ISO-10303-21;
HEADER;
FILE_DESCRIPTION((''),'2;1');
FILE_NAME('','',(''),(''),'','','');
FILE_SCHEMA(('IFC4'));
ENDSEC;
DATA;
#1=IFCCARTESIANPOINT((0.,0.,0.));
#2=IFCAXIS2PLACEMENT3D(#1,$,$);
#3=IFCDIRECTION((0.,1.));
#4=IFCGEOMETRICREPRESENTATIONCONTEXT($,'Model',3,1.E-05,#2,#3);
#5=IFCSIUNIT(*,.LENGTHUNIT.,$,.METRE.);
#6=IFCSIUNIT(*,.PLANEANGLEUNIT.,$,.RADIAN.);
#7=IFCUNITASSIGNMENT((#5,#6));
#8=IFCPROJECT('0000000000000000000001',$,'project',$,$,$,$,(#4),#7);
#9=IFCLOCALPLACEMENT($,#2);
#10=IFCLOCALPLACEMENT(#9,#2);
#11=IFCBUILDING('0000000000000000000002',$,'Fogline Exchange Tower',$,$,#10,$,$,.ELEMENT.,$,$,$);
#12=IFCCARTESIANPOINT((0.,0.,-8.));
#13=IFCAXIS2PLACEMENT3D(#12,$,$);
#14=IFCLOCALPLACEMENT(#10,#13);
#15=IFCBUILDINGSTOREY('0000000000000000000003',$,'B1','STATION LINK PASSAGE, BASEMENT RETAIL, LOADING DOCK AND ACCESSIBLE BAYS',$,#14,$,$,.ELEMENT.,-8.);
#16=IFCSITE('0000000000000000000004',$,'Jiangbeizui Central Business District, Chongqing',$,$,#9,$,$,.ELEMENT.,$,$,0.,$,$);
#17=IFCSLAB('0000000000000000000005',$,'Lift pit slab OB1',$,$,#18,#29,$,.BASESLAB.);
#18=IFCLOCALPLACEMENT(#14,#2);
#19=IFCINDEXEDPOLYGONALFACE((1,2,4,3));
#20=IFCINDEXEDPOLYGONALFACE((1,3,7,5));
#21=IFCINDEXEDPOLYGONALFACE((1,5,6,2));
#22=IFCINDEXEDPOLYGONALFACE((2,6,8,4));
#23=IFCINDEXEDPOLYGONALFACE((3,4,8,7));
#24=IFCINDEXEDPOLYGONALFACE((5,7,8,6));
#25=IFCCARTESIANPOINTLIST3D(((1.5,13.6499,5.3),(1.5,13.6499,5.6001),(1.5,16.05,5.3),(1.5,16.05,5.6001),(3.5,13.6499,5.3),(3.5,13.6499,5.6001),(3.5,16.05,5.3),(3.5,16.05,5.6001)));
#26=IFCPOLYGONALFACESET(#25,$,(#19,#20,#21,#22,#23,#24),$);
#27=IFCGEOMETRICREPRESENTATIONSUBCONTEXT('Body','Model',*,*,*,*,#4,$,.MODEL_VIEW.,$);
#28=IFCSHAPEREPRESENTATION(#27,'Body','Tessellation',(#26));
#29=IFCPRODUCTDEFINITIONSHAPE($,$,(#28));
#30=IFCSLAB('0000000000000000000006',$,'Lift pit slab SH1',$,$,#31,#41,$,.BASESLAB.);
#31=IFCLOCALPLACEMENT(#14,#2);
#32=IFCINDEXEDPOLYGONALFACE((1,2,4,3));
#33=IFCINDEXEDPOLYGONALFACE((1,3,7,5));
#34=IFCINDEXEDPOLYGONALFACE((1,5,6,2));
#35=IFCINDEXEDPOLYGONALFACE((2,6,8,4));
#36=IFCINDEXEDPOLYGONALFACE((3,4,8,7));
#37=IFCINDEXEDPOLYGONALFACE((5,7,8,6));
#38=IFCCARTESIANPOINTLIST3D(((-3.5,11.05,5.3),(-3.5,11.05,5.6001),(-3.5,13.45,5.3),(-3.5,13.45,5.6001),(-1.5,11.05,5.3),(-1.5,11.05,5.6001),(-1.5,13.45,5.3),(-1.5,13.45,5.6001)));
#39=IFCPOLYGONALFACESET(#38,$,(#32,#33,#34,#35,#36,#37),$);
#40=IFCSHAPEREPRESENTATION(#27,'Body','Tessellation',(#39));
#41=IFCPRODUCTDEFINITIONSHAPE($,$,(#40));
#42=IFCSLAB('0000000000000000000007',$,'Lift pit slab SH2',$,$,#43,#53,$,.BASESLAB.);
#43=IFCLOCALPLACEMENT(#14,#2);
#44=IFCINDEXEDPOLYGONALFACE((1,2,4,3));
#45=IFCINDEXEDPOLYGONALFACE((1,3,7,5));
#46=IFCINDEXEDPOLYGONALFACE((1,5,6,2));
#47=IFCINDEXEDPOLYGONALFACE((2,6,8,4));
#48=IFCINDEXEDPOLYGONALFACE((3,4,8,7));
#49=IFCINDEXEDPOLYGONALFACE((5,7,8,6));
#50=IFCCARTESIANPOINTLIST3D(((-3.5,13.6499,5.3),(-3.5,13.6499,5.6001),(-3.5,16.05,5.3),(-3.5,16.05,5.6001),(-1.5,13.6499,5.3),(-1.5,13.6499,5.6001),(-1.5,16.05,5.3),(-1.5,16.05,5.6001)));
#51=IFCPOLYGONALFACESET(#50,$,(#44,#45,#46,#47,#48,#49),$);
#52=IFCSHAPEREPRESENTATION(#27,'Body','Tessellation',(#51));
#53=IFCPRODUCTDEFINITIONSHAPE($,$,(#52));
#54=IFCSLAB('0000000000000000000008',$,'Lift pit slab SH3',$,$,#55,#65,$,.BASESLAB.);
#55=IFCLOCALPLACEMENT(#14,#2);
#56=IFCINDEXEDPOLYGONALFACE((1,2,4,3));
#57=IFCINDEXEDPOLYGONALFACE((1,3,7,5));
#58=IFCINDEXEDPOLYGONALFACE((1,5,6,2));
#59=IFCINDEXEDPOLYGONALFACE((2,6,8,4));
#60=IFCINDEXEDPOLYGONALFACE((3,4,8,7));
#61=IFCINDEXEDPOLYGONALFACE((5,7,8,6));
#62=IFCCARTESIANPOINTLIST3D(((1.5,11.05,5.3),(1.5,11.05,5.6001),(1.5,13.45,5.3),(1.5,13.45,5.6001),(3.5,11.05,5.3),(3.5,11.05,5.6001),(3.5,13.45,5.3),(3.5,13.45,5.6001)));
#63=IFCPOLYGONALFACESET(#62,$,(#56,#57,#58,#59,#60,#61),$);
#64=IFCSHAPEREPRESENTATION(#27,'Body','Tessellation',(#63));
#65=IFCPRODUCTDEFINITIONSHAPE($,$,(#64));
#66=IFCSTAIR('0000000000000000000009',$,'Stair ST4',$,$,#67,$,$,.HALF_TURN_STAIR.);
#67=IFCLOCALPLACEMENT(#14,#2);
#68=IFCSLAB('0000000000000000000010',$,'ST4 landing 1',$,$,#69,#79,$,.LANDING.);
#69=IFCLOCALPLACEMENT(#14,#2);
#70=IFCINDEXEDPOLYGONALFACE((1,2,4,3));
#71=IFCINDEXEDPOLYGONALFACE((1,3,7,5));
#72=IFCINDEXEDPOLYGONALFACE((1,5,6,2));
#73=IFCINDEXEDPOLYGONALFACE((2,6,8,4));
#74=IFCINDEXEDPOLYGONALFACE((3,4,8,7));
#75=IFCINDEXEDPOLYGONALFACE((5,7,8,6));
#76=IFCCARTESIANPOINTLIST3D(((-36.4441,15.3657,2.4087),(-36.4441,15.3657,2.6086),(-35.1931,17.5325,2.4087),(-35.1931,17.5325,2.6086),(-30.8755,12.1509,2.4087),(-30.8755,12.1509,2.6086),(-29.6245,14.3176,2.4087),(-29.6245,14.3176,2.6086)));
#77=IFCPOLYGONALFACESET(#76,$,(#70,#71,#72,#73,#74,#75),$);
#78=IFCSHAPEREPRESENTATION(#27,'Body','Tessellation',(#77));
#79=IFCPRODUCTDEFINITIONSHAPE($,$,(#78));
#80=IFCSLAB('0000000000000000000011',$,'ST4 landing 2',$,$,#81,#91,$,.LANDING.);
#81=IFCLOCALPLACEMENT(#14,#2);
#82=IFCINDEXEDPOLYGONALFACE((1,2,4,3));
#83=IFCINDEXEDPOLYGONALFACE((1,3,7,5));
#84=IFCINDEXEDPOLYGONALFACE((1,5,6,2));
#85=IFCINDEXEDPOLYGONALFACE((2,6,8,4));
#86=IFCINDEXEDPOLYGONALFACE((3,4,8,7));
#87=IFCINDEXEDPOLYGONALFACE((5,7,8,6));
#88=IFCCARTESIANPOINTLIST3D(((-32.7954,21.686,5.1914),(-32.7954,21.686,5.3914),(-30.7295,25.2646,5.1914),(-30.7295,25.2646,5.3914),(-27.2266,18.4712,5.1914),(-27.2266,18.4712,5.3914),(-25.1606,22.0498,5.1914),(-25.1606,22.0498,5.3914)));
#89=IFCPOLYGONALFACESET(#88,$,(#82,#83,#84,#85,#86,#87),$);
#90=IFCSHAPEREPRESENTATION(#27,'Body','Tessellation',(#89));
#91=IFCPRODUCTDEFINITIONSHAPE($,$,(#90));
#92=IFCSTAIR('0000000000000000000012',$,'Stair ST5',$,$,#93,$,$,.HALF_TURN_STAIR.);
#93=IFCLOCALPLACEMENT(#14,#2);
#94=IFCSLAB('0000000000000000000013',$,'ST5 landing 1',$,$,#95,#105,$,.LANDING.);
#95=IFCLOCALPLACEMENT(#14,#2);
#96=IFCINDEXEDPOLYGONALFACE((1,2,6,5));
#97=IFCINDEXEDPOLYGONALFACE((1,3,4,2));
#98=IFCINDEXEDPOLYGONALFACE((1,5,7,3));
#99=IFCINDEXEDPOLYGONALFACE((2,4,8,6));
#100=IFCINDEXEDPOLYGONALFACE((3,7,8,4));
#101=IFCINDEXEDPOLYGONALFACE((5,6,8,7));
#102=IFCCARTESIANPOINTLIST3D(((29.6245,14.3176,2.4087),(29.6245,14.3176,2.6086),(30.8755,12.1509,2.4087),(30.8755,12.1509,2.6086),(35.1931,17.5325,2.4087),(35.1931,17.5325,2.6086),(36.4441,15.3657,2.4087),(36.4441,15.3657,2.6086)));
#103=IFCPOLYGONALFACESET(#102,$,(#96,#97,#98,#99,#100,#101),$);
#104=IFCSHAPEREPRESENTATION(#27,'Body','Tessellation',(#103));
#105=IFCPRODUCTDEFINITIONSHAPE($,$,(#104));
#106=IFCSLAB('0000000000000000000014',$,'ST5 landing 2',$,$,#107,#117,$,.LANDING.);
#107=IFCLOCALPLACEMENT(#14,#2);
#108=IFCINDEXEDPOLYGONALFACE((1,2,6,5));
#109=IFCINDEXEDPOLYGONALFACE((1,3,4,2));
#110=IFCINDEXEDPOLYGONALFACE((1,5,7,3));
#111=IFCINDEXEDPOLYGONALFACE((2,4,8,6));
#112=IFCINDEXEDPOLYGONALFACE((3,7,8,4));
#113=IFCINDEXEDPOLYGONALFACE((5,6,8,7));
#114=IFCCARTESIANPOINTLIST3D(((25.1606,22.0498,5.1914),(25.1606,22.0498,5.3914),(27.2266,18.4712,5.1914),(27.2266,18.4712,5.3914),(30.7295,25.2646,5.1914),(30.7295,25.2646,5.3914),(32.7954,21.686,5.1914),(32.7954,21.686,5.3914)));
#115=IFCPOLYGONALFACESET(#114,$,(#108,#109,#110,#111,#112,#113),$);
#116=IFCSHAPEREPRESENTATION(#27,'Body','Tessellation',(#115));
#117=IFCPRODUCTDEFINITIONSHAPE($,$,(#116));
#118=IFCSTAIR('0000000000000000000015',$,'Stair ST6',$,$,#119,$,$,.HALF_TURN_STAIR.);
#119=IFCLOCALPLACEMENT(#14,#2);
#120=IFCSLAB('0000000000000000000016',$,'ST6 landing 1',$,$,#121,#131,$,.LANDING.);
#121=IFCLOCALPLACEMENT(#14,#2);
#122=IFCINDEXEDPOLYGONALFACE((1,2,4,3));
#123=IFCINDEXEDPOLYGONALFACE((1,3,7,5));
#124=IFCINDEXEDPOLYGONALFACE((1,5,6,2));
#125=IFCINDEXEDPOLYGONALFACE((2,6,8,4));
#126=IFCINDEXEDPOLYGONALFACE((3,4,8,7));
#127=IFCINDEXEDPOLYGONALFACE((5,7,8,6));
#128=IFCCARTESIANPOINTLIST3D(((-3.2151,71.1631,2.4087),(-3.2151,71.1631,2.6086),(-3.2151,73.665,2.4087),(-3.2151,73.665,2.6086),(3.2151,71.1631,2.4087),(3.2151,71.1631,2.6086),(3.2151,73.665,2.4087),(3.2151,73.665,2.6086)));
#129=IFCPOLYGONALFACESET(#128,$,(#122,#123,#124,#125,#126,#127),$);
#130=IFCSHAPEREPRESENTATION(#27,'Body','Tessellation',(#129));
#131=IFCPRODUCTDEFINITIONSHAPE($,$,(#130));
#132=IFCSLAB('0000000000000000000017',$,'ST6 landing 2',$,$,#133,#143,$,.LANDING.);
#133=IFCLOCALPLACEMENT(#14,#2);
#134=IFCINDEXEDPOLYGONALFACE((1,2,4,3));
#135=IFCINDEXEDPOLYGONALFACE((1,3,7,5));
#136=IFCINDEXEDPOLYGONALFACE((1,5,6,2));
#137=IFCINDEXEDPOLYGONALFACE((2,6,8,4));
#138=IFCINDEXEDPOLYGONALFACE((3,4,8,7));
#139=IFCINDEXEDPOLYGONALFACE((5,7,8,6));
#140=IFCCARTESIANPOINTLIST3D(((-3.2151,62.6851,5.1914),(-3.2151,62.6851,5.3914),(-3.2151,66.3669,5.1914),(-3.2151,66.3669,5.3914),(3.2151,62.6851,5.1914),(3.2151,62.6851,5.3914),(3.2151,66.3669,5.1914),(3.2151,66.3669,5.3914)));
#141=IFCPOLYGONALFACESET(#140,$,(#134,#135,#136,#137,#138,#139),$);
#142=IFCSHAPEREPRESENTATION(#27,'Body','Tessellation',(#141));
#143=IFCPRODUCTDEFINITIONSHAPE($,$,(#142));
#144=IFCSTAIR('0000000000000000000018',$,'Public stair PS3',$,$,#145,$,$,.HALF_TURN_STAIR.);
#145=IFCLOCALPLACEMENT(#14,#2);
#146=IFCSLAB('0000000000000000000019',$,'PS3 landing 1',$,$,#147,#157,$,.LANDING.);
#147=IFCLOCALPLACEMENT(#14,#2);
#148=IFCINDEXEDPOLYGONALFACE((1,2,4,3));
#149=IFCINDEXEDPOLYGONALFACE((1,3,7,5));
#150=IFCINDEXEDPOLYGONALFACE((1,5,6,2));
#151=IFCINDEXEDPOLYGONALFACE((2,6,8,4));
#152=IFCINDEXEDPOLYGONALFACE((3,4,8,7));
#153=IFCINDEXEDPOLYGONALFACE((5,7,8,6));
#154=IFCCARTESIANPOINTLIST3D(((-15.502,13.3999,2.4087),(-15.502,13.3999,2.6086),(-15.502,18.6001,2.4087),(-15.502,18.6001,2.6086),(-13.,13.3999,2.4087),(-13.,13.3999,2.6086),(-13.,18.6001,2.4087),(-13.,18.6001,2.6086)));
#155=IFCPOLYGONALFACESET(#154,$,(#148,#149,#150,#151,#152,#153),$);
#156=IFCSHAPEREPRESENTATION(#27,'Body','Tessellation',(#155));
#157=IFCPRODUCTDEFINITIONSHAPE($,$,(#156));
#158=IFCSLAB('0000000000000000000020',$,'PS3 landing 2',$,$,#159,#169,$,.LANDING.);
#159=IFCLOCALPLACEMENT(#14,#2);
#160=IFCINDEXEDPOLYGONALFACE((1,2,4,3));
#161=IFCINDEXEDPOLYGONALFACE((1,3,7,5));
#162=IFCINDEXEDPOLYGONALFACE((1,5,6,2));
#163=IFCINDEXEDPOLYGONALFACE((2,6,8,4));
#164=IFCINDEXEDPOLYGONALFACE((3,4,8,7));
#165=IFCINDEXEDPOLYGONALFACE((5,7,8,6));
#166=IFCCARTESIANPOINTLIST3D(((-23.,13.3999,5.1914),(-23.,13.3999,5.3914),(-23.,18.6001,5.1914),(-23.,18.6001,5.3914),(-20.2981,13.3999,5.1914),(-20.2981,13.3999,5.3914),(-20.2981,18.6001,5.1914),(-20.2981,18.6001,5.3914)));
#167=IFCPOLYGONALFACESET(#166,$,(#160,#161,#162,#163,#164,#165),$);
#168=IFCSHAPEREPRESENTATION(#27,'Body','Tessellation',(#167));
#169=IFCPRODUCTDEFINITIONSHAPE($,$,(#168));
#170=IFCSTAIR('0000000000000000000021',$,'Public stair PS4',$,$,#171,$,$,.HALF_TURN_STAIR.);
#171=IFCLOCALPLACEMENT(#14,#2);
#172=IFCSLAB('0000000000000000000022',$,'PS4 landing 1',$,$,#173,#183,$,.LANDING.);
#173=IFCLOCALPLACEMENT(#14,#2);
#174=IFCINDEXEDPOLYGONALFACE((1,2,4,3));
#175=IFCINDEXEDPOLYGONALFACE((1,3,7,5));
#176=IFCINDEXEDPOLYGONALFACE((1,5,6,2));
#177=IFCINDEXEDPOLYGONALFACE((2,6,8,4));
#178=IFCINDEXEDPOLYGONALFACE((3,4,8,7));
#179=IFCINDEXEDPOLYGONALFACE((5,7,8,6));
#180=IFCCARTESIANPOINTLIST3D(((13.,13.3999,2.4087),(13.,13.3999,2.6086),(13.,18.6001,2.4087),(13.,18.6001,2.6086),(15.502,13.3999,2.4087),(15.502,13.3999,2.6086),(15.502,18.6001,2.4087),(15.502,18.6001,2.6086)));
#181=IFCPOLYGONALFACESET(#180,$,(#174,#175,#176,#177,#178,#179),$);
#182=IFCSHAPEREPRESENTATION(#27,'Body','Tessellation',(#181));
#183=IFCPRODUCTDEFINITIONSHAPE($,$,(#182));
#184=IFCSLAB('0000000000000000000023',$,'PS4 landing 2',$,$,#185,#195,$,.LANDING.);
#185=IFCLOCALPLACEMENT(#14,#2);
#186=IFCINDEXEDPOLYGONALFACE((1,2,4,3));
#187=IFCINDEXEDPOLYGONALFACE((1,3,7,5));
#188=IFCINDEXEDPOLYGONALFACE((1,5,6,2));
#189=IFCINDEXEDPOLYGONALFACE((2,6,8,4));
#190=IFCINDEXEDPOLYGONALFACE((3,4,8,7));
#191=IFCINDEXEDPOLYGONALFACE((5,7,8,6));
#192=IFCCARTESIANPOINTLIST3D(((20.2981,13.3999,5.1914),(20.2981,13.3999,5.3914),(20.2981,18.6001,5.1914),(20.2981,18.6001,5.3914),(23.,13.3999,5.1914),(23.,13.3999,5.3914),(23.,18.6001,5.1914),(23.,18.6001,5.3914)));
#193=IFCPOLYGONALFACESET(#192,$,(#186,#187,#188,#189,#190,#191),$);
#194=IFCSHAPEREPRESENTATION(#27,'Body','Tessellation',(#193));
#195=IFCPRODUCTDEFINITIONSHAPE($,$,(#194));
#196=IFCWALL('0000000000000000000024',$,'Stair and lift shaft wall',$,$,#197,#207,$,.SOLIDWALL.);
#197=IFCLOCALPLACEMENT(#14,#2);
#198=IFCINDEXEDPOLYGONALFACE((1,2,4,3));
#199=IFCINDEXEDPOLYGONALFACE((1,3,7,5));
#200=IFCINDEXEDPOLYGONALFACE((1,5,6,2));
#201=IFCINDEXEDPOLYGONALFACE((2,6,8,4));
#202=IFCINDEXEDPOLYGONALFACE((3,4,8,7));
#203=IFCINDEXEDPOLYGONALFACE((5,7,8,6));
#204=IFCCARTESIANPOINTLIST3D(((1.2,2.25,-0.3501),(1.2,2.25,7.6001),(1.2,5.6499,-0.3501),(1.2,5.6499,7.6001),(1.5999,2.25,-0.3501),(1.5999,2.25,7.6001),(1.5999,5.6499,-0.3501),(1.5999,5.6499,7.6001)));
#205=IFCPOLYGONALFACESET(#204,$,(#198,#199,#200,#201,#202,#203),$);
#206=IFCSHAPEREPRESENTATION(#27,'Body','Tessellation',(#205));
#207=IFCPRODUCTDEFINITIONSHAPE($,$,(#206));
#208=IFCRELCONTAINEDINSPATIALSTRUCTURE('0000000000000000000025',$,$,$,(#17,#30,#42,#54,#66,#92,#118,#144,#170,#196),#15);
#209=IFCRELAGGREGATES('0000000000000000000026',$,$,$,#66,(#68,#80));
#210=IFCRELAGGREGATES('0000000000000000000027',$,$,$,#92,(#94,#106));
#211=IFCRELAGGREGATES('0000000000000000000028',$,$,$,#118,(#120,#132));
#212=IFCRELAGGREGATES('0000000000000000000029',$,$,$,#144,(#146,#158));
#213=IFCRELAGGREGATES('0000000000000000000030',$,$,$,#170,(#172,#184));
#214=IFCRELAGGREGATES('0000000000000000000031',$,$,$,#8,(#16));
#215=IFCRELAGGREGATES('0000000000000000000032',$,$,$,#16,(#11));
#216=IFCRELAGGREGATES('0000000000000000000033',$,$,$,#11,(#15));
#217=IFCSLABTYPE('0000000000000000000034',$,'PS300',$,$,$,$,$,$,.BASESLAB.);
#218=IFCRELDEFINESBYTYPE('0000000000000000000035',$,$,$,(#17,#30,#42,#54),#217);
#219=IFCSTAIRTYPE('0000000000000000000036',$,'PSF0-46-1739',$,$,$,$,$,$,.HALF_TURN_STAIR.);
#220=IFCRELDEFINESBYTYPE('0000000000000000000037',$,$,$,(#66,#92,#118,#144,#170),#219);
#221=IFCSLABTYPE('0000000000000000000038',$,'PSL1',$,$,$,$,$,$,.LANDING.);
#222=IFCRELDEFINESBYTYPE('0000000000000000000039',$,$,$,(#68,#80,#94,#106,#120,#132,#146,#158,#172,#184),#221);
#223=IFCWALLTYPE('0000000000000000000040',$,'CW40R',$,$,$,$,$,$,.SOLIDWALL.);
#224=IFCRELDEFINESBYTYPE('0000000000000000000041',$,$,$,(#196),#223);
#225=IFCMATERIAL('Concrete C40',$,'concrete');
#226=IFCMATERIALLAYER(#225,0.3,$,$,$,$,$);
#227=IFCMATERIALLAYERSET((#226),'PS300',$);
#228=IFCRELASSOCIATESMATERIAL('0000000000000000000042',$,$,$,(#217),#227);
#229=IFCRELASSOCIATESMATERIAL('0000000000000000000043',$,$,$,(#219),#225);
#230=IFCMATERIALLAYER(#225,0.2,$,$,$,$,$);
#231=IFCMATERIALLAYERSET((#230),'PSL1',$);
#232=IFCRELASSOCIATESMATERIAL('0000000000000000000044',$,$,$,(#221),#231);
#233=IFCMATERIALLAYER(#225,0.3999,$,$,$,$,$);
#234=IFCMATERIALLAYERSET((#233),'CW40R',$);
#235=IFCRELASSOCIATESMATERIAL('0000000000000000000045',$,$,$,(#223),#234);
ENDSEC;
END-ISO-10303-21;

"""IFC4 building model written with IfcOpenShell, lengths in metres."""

from ifc_helpers import new_model, si_unit, direction, frame, frame_2d, origin, place, context, subcontext, project, spatial, polyline, rectangle, outline, extrude, material, layer, layer_set, type_object, element, aggregate, save


model = new_model("IFC4")

# Units and contexts
model_context = context("Model", 3, precision=1e-05, world=origin(), true_north=direction((0.0, 1.0)))
body_context = subcontext(model_context, "Body", "Model", "MODEL_VIEW")
ifc_project = project(units=[si_unit("LENGTHUNIT", "METRE"), si_unit("PLANEANGLEUNIT", "RADIAN")], contexts=[model_context])

# Site, building, storey
site_placement = place(None, origin())
site = spatial("IfcSite", under=ifc_project, at=site_placement, Name="Jiangbeizui Central Business District, Chongqing", CompositionType="ELEMENT", RefElevation=0.0)
building_placement = place(site_placement, origin())
building = spatial("IfcBuilding", under=site, at=building_placement, Name="Fogline Exchange Tower", CompositionType="ELEMENT")
storey_placement = place(building_placement, frame((0.0, 0.0, -8.0)))
storey = spatial("IfcBuildingStorey", under=building, at=storey_placement, Name="B1", Description="STATION LINK PASSAGE, BASEMENT RETAIL, LOADING DOCK AND ACCESSIBLE BAYS", CompositionType="ELEMENT", Elevation=-8.0)

# Slabs
ifc_material = material(Name="Concrete C40", Category="concrete")
ifc_layer_1 = layer(ifc_material, 0.3)
ifc_layer_set_1 = layer_set([ifc_layer_1], Name="PS300")
slab_type_1 = type_object("IfcSlabType", Name="PS300", PredefinedType="BASESLAB", material=ifc_layer_set_1)
slab_1_placement = place(storey_placement, frame((0.0, 0.0, 5.3)))
element("IfcSlab", 1, at=slab_1_placement, inside=storey, type_object=slab_type_1, Name="Lift pit slab OB1", PredefinedType="BASESLAB", context=body_context, shape_type="SweptSolid", body=[
    extrude(outline(polyline([(1.5, 13.6499), (3.5, 13.6499), (3.5, 16.05), (1.5, 16.05), (1.5, 13.6499)])), origin(), (0.0, 0.0, 1.0), 0.3),
])
slab_2_placement = place(storey_placement, frame((0.0, 0.0, 5.3)))
element("IfcSlab", 2, at=slab_2_placement, inside=storey, type_object=slab_type_1, Name="Lift pit slab SH1", PredefinedType="BASESLAB", context=body_context, shape_type="SweptSolid", body=[
    extrude(outline(polyline([(-3.5, 11.05), (-1.5, 11.05), (-1.5, 13.45), (-3.5, 13.45), (-3.5, 11.05)])), origin(), (0.0, 0.0, 1.0), 0.3),
])
slab_3_placement = place(storey_placement, frame((0.0, 0.0, 5.3)))
element("IfcSlab", 3, at=slab_3_placement, inside=storey, type_object=slab_type_1, Name="Lift pit slab SH2", PredefinedType="BASESLAB", context=body_context, shape_type="SweptSolid", body=[
    extrude(outline(polyline([(-3.5, 13.6499), (-1.5, 13.6499), (-1.5, 16.05), (-3.5, 16.05), (-3.5, 13.6499)])), origin(), (0.0, 0.0, 1.0), 0.3),
])
slab_4_placement = place(storey_placement, frame((0.0, 0.0, 5.3)))
element("IfcSlab", 4, at=slab_4_placement, inside=storey, type_object=slab_type_1, Name="Lift pit slab SH3", PredefinedType="BASESLAB", context=body_context, shape_type="SweptSolid", body=[
    extrude(outline(polyline([(1.5, 11.05), (3.5, 11.05), (3.5, 13.45), (1.5, 13.45), (1.5, 11.05)])), origin(), (0.0, 0.0, 1.0), 0.3),
])

# Stairs, slabs
stair_type_1 = type_object("IfcStairType", Name="PSF0-46-1739", PredefinedType="HALF_TURN_STAIR", material=ifc_material)
stair_1_placement = place(storey_placement, origin())
stair_1 = element("IfcStair", 5, at=stair_1_placement, inside=storey, type_object=stair_type_1, Name="Stair ST4", PredefinedType="HALF_TURN_STAIR")
ifc_layer_2 = layer(ifc_material, 0.2)
ifc_layer_set_2 = layer_set([ifc_layer_2], Name="PSL1")
slab_type_2 = type_object("IfcSlabType", Name="PSL1", PredefinedType="LANDING", material=ifc_layer_set_2)
slab_5_placement = place(storey_placement, frame((0.0, 0.0, 2.4087)))
slab_5 = element("IfcSlab", 6, at=slab_5_placement, type_object=slab_type_2, Name="ST4 landing 1", PredefinedType="LANDING", context=body_context, shape_type="SweptSolid", body=[
    extrude(outline(polyline([(-36.4441, 15.3657), (-35.1931, 17.5325), (-29.6245, 14.3176), (-30.8755, 12.1509), (-36.4441, 15.3657)])), origin(), (0.0, 0.0, 1.0), 0.2),
])
slab_6_placement = place(storey_placement, frame((0.0, 0.0, 5.1914)))
slab_6 = element("IfcSlab", 7, at=slab_6_placement, type_object=slab_type_2, Name="ST4 landing 2", PredefinedType="LANDING", context=body_context, shape_type="SweptSolid", body=[
    extrude(outline(polyline([(-32.7954, 21.686), (-30.7295, 25.2646), (-25.1606, 22.0498), (-27.2266, 18.4712), (-32.7954, 21.686)])), origin(), (0.0, 0.0, 1.0), 0.2),
])
aggregate(stair_1, [slab_5, slab_6])
stair_2_placement = place(storey_placement, origin())
stair_2 = element("IfcStair", 8, at=stair_2_placement, inside=storey, type_object=stair_type_1, Name="Stair ST5", PredefinedType="HALF_TURN_STAIR")
slab_7_placement = place(storey_placement, frame((0.0, 0.0, 2.4087)))
slab_7 = element("IfcSlab", 9, at=slab_7_placement, type_object=slab_type_2, Name="ST5 landing 1", PredefinedType="LANDING", context=body_context, shape_type="SweptSolid", body=[
    extrude(outline(polyline([(36.4441, 15.3657), (35.1931, 17.5325), (29.6245, 14.3176), (30.8755, 12.1509), (36.4441, 15.3657)])), origin(), (0.0, 0.0, 1.0), 0.2),
])
slab_8_placement = place(storey_placement, frame((0.0, 0.0, 5.1914)))
slab_8 = element("IfcSlab", 10, at=slab_8_placement, type_object=slab_type_2, Name="ST5 landing 2", PredefinedType="LANDING", context=body_context, shape_type="SweptSolid", body=[
    extrude(outline(polyline([(32.7954, 21.686), (30.7295, 25.2646), (25.1606, 22.0498), (27.2266, 18.4712), (32.7954, 21.686)])), origin(), (0.0, 0.0, 1.0), 0.2),
])
aggregate(stair_2, [slab_7, slab_8])
stair_3_placement = place(storey_placement, origin())
stair_3 = element("IfcStair", 11, at=stair_3_placement, inside=storey, type_object=stair_type_1, Name="Stair ST6", PredefinedType="HALF_TURN_STAIR")
slab_9_placement = place(storey_placement, frame((0.0, 0.0, 2.4087)))
slab_9 = element("IfcSlab", 12, at=slab_9_placement, type_object=slab_type_2, Name="ST6 landing 1", PredefinedType="LANDING", context=body_context, shape_type="SweptSolid", body=[
    extrude(outline(polyline([(-3.2151, 73.665), (-3.2151, 71.1631), (3.2151, 71.1631), (3.2151, 73.665), (-3.2151, 73.665)])), origin(), (0.0, 0.0, 1.0), 0.2),
])
slab_10_placement = place(storey_placement, frame((0.0, 0.0, 5.1914)))
slab_10 = element("IfcSlab", 13, at=slab_10_placement, type_object=slab_type_2, Name="ST6 landing 2", PredefinedType="LANDING", context=body_context, shape_type="SweptSolid", body=[
    extrude(outline(polyline([(-3.2151, 66.3669), (-3.2151, 62.6851), (3.2151, 62.6851), (3.2151, 66.3669), (-3.2151, 66.3669)])), origin(), (0.0, 0.0, 1.0), 0.2),
])
aggregate(stair_3, [slab_9, slab_10])
stair_4_placement = place(storey_placement, origin())
stair_4 = element("IfcStair", 14, at=stair_4_placement, inside=storey, type_object=stair_type_1, Name="Public stair PS3", PredefinedType="HALF_TURN_STAIR")
slab_11_placement = place(storey_placement, frame((0.0, 0.0, 2.4087)))
slab_11 = element("IfcSlab", 15, at=slab_11_placement, type_object=slab_type_2, Name="PS3 landing 1", PredefinedType="LANDING", context=body_context, shape_type="SweptSolid", body=[
    extrude(outline(polyline([(-15.502, 13.3999), (-13.0, 13.3999), (-13.0, 18.6001), (-15.502, 18.6001), (-15.502, 13.3999)])), origin(), (0.0, 0.0, 1.0), 0.2),
])
slab_12_placement = place(storey_placement, frame((0.0, 0.0, 5.1914)))
slab_12 = element("IfcSlab", 16, at=slab_12_placement, type_object=slab_type_2, Name="PS3 landing 2", PredefinedType="LANDING", context=body_context, shape_type="SweptSolid", body=[
    extrude(outline(polyline([(-23.0, 13.3999), (-20.2981, 13.3999), (-20.2981, 18.6001), (-23.0, 18.6001), (-23.0, 13.3999)])), origin(), (0.0, 0.0, 1.0), 0.2),
])
aggregate(stair_4, [slab_11, slab_12])
stair_5_placement = place(storey_placement, origin())
stair_5 = element("IfcStair", 17, at=stair_5_placement, inside=storey, type_object=stair_type_1, Name="Public stair PS4", PredefinedType="HALF_TURN_STAIR")
slab_13_placement = place(storey_placement, frame((0.0, 0.0, 2.4087)))
slab_13 = element("IfcSlab", 18, at=slab_13_placement, type_object=slab_type_2, Name="PS4 landing 1", PredefinedType="LANDING", context=body_context, shape_type="SweptSolid", body=[
    extrude(outline(polyline([(15.502, 13.3999), (13.0, 13.3999), (13.0, 18.6001), (15.502, 18.6001), (15.502, 13.3999)])), origin(), (0.0, 0.0, 1.0), 0.2),
])
slab_14_placement = place(storey_placement, frame((0.0, 0.0, 5.1914)))
slab_14 = element("IfcSlab", 19, at=slab_14_placement, type_object=slab_type_2, Name="PS4 landing 2", PredefinedType="LANDING", context=body_context, shape_type="SweptSolid", body=[
    extrude(outline(polyline([(23.0, 13.3999), (20.2981, 13.3999), (20.2981, 18.6001), (23.0, 18.6001), (23.0, 13.3999)])), origin(), (0.0, 0.0, 1.0), 0.2),
])
aggregate(stair_5, [slab_13, slab_14])

# Wall
ifc_layer_3 = layer(ifc_material, 0.3999)
ifc_layer_set_3 = layer_set([ifc_layer_3], Name="CW40R")
wall_type = type_object("IfcWallType", Name="CW40R", PredefinedType="SOLIDWALL", material=ifc_layer_set_3)
wall_placement = place(storey_placement, frame((1.3999, 2.25, -0.3501), z_axis=(0.0, 0.0, 1.0), x_axis=(0.0, 1.0, 0.0)))
element("IfcWall", 20, at=wall_placement, inside=storey, type_object=wall_type, Name="Stair and lift shaft wall", PredefinedType="SOLIDWALL", context=body_context, shape_type="SweptSolid", body=[
    extrude(rectangle(XDim=3.3999, YDim=0.3999, at=frame_2d((1.7, 0.0))), origin(), (0.0, 0.0, 1.0), 7.9502),
])

save(model, "model.ifc")
